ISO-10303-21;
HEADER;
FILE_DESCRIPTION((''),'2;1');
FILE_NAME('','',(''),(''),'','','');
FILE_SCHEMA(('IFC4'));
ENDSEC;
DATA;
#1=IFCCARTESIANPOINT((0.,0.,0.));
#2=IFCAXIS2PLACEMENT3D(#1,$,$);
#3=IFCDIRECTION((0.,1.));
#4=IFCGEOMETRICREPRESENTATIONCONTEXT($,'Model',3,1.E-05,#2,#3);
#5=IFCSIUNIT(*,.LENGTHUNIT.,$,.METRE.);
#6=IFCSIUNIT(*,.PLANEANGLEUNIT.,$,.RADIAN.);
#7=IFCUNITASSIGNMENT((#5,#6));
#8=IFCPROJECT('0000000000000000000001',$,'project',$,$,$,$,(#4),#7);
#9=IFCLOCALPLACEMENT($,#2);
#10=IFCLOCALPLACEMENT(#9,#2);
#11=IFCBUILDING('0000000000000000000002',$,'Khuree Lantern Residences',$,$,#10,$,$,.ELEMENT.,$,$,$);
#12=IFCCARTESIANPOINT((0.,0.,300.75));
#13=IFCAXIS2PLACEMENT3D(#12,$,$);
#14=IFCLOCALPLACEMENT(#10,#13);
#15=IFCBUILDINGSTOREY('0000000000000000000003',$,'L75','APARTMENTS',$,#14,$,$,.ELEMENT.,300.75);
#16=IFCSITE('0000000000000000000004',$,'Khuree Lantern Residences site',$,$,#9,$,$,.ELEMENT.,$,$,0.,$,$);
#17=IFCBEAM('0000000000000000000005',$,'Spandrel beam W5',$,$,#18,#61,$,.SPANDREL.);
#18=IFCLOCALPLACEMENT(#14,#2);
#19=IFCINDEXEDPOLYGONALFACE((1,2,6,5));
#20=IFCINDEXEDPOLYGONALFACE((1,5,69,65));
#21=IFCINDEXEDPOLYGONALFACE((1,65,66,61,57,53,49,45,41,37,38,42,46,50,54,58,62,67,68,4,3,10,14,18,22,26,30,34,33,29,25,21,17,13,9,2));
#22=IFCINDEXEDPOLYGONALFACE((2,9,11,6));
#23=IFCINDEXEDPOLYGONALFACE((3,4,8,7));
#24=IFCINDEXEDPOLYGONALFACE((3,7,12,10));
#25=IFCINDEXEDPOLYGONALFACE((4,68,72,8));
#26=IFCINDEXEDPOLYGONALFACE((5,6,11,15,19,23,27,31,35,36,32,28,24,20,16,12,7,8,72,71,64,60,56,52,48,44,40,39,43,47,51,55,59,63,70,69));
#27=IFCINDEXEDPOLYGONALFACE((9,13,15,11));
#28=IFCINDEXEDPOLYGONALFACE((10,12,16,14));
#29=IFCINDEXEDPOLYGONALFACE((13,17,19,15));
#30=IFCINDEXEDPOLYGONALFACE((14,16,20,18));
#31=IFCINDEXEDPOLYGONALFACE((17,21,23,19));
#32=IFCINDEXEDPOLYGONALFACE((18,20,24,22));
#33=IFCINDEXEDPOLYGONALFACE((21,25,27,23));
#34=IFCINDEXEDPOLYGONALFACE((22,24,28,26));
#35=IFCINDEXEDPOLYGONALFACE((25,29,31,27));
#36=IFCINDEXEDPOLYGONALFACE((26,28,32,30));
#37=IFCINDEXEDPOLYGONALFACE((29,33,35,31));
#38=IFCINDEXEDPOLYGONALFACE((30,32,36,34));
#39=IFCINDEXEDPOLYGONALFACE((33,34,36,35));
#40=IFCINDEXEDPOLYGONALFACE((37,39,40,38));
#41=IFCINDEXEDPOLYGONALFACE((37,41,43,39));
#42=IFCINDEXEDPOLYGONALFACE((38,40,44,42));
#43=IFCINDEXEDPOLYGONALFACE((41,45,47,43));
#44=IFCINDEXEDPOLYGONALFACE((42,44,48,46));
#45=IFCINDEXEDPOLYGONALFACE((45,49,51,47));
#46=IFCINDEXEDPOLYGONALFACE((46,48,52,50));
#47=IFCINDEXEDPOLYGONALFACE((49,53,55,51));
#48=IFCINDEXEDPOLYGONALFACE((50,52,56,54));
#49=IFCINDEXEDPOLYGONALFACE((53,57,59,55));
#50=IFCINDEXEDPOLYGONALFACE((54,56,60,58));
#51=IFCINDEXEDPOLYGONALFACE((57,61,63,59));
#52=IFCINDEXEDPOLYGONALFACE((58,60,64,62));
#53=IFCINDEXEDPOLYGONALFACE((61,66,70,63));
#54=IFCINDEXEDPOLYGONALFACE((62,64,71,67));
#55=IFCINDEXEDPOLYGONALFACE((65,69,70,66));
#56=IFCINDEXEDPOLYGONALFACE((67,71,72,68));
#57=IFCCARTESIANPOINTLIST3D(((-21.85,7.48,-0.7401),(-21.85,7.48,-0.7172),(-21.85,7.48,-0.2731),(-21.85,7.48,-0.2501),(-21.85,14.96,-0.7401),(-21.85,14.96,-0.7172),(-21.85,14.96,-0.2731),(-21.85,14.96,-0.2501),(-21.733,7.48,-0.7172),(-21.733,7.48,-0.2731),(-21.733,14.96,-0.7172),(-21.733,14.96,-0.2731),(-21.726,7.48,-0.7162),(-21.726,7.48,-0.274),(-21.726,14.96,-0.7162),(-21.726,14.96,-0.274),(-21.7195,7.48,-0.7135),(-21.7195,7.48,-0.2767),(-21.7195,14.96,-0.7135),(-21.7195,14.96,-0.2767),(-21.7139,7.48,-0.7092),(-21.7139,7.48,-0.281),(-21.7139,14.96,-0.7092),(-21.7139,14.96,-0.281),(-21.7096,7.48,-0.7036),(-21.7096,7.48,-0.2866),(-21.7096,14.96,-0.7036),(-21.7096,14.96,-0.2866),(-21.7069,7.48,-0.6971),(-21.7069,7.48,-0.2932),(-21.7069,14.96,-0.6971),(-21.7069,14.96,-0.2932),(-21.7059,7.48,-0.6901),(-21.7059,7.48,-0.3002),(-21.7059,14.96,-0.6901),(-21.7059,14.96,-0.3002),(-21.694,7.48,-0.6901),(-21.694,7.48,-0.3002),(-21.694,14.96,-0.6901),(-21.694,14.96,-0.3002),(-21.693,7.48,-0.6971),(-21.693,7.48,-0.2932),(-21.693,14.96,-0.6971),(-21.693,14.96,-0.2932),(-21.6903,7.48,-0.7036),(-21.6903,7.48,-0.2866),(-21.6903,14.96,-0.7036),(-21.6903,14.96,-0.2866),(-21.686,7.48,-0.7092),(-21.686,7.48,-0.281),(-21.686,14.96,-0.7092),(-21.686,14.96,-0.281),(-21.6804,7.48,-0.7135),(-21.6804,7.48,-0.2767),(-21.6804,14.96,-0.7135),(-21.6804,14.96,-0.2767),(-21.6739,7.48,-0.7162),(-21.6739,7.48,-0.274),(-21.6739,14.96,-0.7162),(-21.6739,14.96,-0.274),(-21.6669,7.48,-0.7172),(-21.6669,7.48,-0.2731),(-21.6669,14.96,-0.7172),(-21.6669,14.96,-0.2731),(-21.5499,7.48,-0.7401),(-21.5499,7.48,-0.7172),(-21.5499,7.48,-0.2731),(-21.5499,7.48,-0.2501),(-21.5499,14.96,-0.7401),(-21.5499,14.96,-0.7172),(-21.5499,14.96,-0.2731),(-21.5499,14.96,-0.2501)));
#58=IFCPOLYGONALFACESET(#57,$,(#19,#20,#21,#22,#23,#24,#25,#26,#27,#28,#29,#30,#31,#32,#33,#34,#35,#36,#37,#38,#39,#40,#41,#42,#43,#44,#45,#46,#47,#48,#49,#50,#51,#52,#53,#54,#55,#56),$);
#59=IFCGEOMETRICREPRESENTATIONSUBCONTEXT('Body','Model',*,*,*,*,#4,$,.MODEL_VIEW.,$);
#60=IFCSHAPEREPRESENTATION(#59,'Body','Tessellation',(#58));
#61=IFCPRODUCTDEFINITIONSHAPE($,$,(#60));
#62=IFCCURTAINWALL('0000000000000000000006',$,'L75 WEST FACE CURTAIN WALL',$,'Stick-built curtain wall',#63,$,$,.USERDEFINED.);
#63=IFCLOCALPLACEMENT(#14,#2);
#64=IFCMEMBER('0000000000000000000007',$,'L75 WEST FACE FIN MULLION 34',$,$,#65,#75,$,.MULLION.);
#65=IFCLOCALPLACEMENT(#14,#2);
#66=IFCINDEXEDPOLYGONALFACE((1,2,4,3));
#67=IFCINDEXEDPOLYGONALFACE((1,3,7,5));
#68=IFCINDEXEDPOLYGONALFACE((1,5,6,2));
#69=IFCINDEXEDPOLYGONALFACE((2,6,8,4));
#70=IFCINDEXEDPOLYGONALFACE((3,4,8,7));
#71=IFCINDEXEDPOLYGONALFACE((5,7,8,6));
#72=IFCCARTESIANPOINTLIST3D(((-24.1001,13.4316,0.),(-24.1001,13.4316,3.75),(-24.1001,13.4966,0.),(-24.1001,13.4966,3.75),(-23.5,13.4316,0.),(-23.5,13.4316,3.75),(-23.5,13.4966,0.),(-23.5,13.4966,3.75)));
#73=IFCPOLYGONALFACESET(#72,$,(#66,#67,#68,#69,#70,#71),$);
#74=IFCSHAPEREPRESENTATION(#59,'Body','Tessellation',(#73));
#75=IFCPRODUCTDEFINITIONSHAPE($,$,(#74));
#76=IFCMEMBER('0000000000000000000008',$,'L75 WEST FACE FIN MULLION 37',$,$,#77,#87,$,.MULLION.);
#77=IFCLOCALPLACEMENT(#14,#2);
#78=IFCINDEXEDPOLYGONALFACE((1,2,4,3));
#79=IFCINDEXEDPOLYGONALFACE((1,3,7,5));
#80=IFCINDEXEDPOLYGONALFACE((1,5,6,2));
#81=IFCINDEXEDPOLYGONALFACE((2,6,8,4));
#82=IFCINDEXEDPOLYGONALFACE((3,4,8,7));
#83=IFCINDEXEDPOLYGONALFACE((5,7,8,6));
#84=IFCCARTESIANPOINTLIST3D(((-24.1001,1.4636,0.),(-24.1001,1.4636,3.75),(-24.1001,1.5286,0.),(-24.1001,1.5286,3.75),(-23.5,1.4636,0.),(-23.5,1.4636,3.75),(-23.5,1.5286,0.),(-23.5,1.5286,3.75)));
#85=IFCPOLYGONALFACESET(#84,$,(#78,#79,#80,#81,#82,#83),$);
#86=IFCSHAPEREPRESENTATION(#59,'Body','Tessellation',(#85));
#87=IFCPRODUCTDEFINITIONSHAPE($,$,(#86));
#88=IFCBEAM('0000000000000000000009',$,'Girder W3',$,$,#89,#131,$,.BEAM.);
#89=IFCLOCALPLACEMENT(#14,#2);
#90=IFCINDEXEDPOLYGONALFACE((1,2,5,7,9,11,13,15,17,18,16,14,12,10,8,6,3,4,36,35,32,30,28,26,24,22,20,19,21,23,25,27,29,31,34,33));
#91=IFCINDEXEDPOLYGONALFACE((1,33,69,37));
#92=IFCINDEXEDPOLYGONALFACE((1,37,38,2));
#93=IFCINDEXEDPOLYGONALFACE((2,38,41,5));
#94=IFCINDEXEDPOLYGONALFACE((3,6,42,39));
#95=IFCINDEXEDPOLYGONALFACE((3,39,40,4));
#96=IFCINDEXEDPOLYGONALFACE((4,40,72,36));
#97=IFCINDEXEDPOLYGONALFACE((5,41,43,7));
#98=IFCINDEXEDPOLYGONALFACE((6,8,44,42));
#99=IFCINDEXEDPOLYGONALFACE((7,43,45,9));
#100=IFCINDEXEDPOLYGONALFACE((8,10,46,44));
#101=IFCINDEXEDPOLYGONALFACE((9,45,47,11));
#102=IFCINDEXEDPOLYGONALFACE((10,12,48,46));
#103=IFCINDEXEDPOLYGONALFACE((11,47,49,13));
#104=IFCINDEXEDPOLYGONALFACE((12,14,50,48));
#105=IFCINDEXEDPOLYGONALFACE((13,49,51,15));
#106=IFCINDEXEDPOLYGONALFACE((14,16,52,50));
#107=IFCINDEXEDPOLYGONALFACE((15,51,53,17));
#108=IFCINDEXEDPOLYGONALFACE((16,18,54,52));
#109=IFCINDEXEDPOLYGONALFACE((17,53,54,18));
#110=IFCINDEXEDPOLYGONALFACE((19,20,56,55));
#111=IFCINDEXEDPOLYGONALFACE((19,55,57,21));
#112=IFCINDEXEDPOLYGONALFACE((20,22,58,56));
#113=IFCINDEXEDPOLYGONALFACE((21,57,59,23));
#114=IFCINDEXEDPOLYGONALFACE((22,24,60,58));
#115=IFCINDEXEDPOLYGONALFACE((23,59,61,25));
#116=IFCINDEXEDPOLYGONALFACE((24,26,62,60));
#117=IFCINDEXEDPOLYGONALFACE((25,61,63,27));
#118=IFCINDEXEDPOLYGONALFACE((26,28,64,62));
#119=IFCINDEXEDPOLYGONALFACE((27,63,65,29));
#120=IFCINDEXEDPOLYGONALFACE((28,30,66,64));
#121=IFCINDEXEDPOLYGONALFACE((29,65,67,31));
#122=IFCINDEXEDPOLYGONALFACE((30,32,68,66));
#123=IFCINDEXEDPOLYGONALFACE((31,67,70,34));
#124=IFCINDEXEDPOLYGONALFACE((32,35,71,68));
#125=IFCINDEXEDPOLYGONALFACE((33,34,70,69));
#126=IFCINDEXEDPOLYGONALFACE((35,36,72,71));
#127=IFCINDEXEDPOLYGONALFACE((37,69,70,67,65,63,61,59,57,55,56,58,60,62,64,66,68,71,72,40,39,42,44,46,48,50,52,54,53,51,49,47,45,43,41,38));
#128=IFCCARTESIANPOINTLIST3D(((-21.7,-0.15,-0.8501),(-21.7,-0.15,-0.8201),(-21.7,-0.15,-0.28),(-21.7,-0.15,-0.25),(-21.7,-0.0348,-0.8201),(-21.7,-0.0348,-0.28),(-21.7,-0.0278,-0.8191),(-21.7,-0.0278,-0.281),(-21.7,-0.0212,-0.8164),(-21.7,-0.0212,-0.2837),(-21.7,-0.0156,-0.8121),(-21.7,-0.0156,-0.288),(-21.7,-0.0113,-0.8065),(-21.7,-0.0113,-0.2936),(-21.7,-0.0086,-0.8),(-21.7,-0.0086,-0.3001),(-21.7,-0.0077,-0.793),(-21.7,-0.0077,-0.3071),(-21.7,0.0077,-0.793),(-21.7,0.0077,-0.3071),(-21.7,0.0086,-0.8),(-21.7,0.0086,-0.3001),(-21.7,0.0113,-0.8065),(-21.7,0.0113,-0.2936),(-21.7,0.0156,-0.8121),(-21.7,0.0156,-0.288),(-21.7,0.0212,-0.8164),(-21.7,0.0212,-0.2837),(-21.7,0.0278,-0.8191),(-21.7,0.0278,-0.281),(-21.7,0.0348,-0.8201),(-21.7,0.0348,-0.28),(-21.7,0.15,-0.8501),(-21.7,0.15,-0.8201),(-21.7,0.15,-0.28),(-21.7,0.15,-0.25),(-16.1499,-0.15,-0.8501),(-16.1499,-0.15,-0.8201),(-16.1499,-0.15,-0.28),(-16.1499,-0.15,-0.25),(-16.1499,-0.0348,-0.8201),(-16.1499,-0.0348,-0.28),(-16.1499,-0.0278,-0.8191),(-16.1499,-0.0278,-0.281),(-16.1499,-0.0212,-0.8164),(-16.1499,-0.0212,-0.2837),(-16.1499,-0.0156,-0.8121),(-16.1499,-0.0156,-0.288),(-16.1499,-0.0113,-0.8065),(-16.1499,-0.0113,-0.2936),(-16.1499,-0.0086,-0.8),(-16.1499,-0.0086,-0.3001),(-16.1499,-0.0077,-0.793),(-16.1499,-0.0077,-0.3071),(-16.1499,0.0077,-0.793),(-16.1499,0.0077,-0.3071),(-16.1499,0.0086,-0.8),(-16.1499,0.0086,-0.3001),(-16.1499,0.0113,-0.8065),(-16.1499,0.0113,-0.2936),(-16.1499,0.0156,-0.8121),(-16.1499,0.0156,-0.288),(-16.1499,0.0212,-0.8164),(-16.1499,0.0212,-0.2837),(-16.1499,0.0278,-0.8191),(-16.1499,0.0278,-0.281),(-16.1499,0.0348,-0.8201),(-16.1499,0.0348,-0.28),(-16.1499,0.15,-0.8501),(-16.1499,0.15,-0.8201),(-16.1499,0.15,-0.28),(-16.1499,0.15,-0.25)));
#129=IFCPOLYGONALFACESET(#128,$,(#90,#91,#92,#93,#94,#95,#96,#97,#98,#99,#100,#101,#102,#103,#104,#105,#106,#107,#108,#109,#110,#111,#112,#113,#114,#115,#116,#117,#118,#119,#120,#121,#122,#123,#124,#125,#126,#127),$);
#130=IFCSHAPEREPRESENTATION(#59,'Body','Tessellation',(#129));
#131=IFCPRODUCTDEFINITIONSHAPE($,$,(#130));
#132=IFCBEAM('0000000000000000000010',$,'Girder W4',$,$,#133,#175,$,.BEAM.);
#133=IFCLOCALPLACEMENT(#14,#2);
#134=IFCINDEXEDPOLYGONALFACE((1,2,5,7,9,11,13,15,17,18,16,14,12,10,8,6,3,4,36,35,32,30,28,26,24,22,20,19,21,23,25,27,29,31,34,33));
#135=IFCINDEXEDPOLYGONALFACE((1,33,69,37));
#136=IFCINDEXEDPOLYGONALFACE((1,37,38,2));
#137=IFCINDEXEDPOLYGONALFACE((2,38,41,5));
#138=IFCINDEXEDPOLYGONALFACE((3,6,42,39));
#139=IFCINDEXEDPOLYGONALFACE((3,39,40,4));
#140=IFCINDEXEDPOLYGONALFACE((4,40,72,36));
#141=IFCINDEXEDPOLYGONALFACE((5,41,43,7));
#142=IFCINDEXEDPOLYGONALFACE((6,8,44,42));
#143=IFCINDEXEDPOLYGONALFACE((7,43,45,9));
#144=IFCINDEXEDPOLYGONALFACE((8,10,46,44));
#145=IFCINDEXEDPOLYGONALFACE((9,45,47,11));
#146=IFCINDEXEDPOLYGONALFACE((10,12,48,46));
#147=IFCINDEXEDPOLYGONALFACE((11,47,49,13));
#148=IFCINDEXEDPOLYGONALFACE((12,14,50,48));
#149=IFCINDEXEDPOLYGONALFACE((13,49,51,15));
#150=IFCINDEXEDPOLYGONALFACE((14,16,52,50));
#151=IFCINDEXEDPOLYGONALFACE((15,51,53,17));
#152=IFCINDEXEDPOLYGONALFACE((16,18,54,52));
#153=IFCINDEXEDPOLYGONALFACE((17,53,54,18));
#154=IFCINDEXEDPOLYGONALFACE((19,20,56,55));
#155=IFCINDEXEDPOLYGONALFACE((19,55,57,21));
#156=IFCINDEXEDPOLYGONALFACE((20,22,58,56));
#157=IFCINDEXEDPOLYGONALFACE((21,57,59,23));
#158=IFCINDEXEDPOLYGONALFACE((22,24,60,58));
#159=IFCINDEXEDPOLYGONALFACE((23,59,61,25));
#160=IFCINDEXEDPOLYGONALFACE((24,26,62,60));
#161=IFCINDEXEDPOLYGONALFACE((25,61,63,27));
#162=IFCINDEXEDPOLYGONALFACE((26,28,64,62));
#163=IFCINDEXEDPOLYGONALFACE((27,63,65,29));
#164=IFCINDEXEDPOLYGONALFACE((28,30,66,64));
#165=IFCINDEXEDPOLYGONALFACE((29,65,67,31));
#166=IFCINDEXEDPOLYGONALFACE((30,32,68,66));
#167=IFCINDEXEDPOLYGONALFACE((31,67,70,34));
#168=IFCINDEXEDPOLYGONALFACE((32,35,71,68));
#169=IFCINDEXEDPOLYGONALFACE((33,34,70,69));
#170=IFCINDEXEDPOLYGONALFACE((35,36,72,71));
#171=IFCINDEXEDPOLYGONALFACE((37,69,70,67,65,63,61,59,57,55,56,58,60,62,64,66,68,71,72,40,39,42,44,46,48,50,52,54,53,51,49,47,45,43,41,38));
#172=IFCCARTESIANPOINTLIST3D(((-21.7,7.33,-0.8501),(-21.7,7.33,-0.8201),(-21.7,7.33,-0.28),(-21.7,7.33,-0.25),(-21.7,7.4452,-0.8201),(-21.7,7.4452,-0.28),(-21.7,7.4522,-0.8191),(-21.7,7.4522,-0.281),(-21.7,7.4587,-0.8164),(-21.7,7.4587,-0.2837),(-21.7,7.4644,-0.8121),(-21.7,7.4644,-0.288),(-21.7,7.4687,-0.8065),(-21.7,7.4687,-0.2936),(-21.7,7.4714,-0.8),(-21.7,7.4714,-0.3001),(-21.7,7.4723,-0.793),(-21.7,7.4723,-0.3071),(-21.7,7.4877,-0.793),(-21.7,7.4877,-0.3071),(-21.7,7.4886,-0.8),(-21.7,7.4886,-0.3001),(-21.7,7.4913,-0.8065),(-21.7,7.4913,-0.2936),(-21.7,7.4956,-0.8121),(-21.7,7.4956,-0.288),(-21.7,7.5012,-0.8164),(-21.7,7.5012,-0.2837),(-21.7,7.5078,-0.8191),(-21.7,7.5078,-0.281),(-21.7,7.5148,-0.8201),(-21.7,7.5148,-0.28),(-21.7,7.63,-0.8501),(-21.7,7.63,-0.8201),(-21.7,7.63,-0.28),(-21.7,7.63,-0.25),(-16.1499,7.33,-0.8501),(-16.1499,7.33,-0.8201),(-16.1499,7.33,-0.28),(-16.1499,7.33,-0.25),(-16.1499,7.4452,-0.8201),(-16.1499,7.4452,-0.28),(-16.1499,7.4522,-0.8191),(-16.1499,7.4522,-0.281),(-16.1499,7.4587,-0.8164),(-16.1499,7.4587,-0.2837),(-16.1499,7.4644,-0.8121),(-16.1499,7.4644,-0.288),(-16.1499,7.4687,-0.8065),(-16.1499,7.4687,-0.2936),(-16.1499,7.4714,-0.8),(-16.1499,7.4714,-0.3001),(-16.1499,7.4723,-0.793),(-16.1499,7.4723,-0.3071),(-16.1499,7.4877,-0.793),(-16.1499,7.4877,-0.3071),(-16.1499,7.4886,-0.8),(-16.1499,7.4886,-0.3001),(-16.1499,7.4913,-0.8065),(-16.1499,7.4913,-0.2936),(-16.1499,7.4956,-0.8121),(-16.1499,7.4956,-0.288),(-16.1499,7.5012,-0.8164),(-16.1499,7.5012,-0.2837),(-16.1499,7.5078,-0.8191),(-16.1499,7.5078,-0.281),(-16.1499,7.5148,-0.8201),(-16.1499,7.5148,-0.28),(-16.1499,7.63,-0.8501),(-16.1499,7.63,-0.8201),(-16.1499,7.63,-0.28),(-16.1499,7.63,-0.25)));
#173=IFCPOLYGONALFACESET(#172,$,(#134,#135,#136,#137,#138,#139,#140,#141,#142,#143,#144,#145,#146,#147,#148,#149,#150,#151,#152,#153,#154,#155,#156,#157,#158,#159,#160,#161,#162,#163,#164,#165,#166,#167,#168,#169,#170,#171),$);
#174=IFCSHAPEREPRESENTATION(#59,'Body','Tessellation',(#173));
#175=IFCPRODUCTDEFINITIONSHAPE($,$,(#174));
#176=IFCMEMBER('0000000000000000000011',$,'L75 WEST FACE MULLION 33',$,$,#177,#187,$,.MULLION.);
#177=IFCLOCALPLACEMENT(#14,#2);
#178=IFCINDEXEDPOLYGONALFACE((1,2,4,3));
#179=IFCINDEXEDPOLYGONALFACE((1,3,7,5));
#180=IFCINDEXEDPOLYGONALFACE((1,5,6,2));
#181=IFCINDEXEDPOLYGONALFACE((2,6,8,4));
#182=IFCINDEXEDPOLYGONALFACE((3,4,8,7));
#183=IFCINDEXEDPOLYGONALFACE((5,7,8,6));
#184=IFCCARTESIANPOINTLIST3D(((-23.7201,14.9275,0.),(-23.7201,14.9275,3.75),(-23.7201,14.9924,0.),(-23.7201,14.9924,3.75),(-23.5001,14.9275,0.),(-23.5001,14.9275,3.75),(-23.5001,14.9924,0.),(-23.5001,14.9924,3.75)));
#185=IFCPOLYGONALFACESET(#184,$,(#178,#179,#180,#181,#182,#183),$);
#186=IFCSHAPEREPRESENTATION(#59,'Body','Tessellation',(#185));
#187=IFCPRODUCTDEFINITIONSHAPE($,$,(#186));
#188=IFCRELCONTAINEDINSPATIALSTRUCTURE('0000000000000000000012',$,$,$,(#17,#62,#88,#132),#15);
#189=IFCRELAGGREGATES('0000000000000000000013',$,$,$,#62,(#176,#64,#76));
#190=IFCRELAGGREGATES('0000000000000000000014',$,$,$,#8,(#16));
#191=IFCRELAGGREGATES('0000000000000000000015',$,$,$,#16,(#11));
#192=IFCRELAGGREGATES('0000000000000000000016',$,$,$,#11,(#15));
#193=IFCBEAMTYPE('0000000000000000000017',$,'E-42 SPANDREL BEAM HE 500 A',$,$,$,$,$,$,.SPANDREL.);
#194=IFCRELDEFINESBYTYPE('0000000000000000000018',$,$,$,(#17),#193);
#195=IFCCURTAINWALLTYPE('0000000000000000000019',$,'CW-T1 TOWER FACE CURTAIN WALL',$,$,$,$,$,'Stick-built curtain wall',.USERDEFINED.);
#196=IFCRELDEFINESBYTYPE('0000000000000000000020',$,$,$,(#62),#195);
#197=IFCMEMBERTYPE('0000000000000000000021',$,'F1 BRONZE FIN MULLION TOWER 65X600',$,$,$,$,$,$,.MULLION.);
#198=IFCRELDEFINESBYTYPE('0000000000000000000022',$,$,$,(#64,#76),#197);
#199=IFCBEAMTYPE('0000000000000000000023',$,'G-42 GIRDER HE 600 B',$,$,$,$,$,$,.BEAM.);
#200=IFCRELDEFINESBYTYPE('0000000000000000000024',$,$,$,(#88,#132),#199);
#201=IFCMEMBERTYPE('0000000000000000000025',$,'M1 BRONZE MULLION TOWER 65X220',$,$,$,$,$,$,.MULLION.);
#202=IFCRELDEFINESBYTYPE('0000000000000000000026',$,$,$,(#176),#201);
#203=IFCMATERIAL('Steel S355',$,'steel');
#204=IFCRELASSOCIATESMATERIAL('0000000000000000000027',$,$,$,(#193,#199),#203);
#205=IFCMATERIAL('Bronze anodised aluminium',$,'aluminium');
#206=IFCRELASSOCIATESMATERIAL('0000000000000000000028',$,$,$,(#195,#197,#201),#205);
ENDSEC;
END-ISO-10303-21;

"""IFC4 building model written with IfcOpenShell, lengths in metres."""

from ifc_helpers import new_model, si_unit, direction, frame, origin, origin_2d, place, context, subcontext, project, spatial, rectangle, i_section, extrude, material, material_profile, profile_set, type_object, element, aggregate, save


model = new_model("IFC4")

# Units and contexts
model_context = context("Model", 3, precision=1e-05, world=origin(), true_north=direction((0.0, 1.0)))
body_context = subcontext(model_context, "Body", "Model", "MODEL_VIEW")
ifc_project = project(units=[si_unit("LENGTHUNIT", "METRE"), si_unit("PLANEANGLEUNIT", "RADIAN")], contexts=[model_context])

# Site, building, storey
site_placement = place(None, origin())
site = spatial("IfcSite", under=ifc_project, at=site_placement, Name="Khuree Lantern Residences site", CompositionType="ELEMENT", RefElevation=0.0)
building_placement = place(site_placement, origin())
building = spatial("IfcBuilding", under=site, at=building_placement, Name="Khuree Lantern Residences", CompositionType="ELEMENT")
storey_placement = place(building_placement, frame((0.0, 0.0, 300.75)))
storey = spatial("IfcBuildingStorey", under=building, at=storey_placement, Name="L75", Description="APARTMENTS", CompositionType="ELEMENT", Elevation=300.75)

# Beam
ifc_material_1 = material(Name="Steel S355", Category="steel")
ifc_material_profile_1 = material_profile(ifc_material_1, i_section(OverallWidth=0.3, OverallDepth=0.49, WebThickness=0.012, FlangeThickness=0.0229, FilletRadius=0.0271, at=origin_2d()), Name="HE 500 A")
ifc_profile_set_1 = profile_set([ifc_material_profile_1], Name="Steel S355")
beam_type_1 = type_object("IfcBeamType", Name="E-42 SPANDREL BEAM HE 500 A", PredefinedType="SPANDREL", material=ifc_profile_set_1)
for number, where, z_axis, x_axis, name in (
    (1, (-21.7, 7.48, -0.4951), (0.0, 1.0, 0.0), (-1.0, 0.0, 0.0), "Spandrel beam W5"),
):
    element("IfcBeam", number, at=place(storey_placement, frame(where, z_axis=z_axis, x_axis=x_axis)), inside=storey, type_object=beam_type_1, Name=name, PredefinedType="SPANDREL", context=body_context, shape_type="SweptSolid", body=[
        extrude(i_section(OverallWidth=0.3, OverallDepth=0.49, WebThickness=0.012, FlangeThickness=0.0229, FilletRadius=0.0271, at=origin_2d()), origin(), (0.0, 0.0, 1.0), 7.48),
    ])

# Curtain wall, members
ifc_material_2 = material(Name="Bronze anodised aluminium", Category="aluminium")
curtain_wall_type = type_object("IfcCurtainWallType", Name="CW-T1 TOWER FACE CURTAIN WALL", ElementType="Stick-built curtain wall", PredefinedType="USERDEFINED", material=ifc_material_2)
curtain_wall_placement = place(storey_placement, origin())
curtain_wall = element("IfcCurtainWall", 2, at=curtain_wall_placement, inside=storey, type_object=curtain_wall_type, Name="L75 WEST FACE CURTAIN WALL", ObjectType="Stick-built curtain wall", PredefinedType="USERDEFINED")
ifc_material_profile_2 = material_profile(ifc_material_2, rectangle(XDim=0.0649, YDim=0.6001, at=origin_2d()), Name="F1 65X600")
ifc_profile_set_2 = profile_set([ifc_material_profile_2], Name="Bronze anodised aluminium")
member_type_1 = type_object("IfcMemberType", Name="F1 BRONZE FIN MULLION TOWER 65X600", PredefinedType="MULLION", material=ifc_profile_set_2)
member_1_placement = place(storey_placement, frame((-23.8, 13.4641, 0.0), z_axis=(0.0, 0.0, 1.0), x_axis=(0.0, -1.0, 0.0)))
member_1 = element("IfcMember", 3, at=member_1_placement, type_object=member_type_1, Name="L75 WEST FACE FIN MULLION 34", PredefinedType="MULLION", context=body_context, shape_type="SweptSolid", body=[
    extrude(rectangle(XDim=0.0649, YDim=0.6001, at=origin_2d()), origin(), (0.0, 0.0, 1.0), 3.75),
])
member_2_placement = place(storey_placement, frame((-23.8, 1.4961, 0.0), z_axis=(0.0, 0.0, 1.0), x_axis=(0.0, -1.0, 0.0)))
member_2 = element("IfcMember", 4, at=member_2_placement, type_object=member_type_1, Name="L75 WEST FACE FIN MULLION 37", PredefinedType="MULLION", context=body_context, shape_type="SweptSolid", body=[
    extrude(rectangle(XDim=0.0649, YDim=0.6001, at=origin_2d()), origin(), (0.0, 0.0, 1.0), 3.75),
])

# Beams
ifc_material_profile_3 = material_profile(ifc_material_1, i_section(OverallWidth=0.3, OverallDepth=0.6001, WebThickness=0.0154, FlangeThickness=0.03, FilletRadius=0.0271, at=origin_2d()), Name="HE 600 B")
ifc_profile_set_3 = profile_set([ifc_material_profile_3], Name="Steel S355")
beam_type_2 = type_object("IfcBeamType", Name="G-42 GIRDER HE 600 B", PredefinedType="BEAM", material=ifc_profile_set_3)
for number, where, z_axis, x_axis, name in (
    (5, (-21.7, 0.0, -0.55), (1.0, 0.0, 0.0), (0.0, 1.0, 0.0), "Girder W3"),
    (6, (-21.7, 7.48, -0.55), (1.0, 0.0, 0.0), (0.0, 1.0, 0.0), "Girder W4"),
):
    element("IfcBeam", number, at=place(storey_placement, frame(where, z_axis=z_axis, x_axis=x_axis)), inside=storey, type_object=beam_type_2, Name=name, PredefinedType="BEAM", context=body_context, shape_type="SweptSolid", body=[
        extrude(i_section(OverallWidth=0.3, OverallDepth=0.6001, WebThickness=0.0154, FlangeThickness=0.03, FilletRadius=0.0271, at=origin_2d()), origin(), (0.0, 0.0, 1.0), 5.55),
    ])

# Member
ifc_material_profile_4 = material_profile(ifc_material_2, rectangle(XDim=0.0649, YDim=0.22, at=origin_2d()), Name="M1 65X220")
ifc_profile_set_4 = profile_set([ifc_material_profile_4], Name="Bronze anodised aluminium")
member_type_2 = type_object("IfcMemberType", Name="M1 BRONZE MULLION TOWER 65X220", PredefinedType="MULLION", material=ifc_profile_set_4)
member_3_placement = place(storey_placement, frame((-23.6101, 14.96, 0.0), z_axis=(0.0, 0.0, 1.0), x_axis=(0.0, -1.0, 0.0)))
member_3 = element("IfcMember", 7, at=member_3_placement, type_object=member_type_2, Name="L75 WEST FACE MULLION 33", PredefinedType="MULLION", context=body_context, shape_type="SweptSolid", body=[
    extrude(rectangle(XDim=0.0649, YDim=0.22, at=origin_2d()), origin(), (0.0, 0.0, 1.0), 3.75),
])

aggregate(curtain_wall, [member_3, member_1, member_2])

save(model, "model.ifc")
